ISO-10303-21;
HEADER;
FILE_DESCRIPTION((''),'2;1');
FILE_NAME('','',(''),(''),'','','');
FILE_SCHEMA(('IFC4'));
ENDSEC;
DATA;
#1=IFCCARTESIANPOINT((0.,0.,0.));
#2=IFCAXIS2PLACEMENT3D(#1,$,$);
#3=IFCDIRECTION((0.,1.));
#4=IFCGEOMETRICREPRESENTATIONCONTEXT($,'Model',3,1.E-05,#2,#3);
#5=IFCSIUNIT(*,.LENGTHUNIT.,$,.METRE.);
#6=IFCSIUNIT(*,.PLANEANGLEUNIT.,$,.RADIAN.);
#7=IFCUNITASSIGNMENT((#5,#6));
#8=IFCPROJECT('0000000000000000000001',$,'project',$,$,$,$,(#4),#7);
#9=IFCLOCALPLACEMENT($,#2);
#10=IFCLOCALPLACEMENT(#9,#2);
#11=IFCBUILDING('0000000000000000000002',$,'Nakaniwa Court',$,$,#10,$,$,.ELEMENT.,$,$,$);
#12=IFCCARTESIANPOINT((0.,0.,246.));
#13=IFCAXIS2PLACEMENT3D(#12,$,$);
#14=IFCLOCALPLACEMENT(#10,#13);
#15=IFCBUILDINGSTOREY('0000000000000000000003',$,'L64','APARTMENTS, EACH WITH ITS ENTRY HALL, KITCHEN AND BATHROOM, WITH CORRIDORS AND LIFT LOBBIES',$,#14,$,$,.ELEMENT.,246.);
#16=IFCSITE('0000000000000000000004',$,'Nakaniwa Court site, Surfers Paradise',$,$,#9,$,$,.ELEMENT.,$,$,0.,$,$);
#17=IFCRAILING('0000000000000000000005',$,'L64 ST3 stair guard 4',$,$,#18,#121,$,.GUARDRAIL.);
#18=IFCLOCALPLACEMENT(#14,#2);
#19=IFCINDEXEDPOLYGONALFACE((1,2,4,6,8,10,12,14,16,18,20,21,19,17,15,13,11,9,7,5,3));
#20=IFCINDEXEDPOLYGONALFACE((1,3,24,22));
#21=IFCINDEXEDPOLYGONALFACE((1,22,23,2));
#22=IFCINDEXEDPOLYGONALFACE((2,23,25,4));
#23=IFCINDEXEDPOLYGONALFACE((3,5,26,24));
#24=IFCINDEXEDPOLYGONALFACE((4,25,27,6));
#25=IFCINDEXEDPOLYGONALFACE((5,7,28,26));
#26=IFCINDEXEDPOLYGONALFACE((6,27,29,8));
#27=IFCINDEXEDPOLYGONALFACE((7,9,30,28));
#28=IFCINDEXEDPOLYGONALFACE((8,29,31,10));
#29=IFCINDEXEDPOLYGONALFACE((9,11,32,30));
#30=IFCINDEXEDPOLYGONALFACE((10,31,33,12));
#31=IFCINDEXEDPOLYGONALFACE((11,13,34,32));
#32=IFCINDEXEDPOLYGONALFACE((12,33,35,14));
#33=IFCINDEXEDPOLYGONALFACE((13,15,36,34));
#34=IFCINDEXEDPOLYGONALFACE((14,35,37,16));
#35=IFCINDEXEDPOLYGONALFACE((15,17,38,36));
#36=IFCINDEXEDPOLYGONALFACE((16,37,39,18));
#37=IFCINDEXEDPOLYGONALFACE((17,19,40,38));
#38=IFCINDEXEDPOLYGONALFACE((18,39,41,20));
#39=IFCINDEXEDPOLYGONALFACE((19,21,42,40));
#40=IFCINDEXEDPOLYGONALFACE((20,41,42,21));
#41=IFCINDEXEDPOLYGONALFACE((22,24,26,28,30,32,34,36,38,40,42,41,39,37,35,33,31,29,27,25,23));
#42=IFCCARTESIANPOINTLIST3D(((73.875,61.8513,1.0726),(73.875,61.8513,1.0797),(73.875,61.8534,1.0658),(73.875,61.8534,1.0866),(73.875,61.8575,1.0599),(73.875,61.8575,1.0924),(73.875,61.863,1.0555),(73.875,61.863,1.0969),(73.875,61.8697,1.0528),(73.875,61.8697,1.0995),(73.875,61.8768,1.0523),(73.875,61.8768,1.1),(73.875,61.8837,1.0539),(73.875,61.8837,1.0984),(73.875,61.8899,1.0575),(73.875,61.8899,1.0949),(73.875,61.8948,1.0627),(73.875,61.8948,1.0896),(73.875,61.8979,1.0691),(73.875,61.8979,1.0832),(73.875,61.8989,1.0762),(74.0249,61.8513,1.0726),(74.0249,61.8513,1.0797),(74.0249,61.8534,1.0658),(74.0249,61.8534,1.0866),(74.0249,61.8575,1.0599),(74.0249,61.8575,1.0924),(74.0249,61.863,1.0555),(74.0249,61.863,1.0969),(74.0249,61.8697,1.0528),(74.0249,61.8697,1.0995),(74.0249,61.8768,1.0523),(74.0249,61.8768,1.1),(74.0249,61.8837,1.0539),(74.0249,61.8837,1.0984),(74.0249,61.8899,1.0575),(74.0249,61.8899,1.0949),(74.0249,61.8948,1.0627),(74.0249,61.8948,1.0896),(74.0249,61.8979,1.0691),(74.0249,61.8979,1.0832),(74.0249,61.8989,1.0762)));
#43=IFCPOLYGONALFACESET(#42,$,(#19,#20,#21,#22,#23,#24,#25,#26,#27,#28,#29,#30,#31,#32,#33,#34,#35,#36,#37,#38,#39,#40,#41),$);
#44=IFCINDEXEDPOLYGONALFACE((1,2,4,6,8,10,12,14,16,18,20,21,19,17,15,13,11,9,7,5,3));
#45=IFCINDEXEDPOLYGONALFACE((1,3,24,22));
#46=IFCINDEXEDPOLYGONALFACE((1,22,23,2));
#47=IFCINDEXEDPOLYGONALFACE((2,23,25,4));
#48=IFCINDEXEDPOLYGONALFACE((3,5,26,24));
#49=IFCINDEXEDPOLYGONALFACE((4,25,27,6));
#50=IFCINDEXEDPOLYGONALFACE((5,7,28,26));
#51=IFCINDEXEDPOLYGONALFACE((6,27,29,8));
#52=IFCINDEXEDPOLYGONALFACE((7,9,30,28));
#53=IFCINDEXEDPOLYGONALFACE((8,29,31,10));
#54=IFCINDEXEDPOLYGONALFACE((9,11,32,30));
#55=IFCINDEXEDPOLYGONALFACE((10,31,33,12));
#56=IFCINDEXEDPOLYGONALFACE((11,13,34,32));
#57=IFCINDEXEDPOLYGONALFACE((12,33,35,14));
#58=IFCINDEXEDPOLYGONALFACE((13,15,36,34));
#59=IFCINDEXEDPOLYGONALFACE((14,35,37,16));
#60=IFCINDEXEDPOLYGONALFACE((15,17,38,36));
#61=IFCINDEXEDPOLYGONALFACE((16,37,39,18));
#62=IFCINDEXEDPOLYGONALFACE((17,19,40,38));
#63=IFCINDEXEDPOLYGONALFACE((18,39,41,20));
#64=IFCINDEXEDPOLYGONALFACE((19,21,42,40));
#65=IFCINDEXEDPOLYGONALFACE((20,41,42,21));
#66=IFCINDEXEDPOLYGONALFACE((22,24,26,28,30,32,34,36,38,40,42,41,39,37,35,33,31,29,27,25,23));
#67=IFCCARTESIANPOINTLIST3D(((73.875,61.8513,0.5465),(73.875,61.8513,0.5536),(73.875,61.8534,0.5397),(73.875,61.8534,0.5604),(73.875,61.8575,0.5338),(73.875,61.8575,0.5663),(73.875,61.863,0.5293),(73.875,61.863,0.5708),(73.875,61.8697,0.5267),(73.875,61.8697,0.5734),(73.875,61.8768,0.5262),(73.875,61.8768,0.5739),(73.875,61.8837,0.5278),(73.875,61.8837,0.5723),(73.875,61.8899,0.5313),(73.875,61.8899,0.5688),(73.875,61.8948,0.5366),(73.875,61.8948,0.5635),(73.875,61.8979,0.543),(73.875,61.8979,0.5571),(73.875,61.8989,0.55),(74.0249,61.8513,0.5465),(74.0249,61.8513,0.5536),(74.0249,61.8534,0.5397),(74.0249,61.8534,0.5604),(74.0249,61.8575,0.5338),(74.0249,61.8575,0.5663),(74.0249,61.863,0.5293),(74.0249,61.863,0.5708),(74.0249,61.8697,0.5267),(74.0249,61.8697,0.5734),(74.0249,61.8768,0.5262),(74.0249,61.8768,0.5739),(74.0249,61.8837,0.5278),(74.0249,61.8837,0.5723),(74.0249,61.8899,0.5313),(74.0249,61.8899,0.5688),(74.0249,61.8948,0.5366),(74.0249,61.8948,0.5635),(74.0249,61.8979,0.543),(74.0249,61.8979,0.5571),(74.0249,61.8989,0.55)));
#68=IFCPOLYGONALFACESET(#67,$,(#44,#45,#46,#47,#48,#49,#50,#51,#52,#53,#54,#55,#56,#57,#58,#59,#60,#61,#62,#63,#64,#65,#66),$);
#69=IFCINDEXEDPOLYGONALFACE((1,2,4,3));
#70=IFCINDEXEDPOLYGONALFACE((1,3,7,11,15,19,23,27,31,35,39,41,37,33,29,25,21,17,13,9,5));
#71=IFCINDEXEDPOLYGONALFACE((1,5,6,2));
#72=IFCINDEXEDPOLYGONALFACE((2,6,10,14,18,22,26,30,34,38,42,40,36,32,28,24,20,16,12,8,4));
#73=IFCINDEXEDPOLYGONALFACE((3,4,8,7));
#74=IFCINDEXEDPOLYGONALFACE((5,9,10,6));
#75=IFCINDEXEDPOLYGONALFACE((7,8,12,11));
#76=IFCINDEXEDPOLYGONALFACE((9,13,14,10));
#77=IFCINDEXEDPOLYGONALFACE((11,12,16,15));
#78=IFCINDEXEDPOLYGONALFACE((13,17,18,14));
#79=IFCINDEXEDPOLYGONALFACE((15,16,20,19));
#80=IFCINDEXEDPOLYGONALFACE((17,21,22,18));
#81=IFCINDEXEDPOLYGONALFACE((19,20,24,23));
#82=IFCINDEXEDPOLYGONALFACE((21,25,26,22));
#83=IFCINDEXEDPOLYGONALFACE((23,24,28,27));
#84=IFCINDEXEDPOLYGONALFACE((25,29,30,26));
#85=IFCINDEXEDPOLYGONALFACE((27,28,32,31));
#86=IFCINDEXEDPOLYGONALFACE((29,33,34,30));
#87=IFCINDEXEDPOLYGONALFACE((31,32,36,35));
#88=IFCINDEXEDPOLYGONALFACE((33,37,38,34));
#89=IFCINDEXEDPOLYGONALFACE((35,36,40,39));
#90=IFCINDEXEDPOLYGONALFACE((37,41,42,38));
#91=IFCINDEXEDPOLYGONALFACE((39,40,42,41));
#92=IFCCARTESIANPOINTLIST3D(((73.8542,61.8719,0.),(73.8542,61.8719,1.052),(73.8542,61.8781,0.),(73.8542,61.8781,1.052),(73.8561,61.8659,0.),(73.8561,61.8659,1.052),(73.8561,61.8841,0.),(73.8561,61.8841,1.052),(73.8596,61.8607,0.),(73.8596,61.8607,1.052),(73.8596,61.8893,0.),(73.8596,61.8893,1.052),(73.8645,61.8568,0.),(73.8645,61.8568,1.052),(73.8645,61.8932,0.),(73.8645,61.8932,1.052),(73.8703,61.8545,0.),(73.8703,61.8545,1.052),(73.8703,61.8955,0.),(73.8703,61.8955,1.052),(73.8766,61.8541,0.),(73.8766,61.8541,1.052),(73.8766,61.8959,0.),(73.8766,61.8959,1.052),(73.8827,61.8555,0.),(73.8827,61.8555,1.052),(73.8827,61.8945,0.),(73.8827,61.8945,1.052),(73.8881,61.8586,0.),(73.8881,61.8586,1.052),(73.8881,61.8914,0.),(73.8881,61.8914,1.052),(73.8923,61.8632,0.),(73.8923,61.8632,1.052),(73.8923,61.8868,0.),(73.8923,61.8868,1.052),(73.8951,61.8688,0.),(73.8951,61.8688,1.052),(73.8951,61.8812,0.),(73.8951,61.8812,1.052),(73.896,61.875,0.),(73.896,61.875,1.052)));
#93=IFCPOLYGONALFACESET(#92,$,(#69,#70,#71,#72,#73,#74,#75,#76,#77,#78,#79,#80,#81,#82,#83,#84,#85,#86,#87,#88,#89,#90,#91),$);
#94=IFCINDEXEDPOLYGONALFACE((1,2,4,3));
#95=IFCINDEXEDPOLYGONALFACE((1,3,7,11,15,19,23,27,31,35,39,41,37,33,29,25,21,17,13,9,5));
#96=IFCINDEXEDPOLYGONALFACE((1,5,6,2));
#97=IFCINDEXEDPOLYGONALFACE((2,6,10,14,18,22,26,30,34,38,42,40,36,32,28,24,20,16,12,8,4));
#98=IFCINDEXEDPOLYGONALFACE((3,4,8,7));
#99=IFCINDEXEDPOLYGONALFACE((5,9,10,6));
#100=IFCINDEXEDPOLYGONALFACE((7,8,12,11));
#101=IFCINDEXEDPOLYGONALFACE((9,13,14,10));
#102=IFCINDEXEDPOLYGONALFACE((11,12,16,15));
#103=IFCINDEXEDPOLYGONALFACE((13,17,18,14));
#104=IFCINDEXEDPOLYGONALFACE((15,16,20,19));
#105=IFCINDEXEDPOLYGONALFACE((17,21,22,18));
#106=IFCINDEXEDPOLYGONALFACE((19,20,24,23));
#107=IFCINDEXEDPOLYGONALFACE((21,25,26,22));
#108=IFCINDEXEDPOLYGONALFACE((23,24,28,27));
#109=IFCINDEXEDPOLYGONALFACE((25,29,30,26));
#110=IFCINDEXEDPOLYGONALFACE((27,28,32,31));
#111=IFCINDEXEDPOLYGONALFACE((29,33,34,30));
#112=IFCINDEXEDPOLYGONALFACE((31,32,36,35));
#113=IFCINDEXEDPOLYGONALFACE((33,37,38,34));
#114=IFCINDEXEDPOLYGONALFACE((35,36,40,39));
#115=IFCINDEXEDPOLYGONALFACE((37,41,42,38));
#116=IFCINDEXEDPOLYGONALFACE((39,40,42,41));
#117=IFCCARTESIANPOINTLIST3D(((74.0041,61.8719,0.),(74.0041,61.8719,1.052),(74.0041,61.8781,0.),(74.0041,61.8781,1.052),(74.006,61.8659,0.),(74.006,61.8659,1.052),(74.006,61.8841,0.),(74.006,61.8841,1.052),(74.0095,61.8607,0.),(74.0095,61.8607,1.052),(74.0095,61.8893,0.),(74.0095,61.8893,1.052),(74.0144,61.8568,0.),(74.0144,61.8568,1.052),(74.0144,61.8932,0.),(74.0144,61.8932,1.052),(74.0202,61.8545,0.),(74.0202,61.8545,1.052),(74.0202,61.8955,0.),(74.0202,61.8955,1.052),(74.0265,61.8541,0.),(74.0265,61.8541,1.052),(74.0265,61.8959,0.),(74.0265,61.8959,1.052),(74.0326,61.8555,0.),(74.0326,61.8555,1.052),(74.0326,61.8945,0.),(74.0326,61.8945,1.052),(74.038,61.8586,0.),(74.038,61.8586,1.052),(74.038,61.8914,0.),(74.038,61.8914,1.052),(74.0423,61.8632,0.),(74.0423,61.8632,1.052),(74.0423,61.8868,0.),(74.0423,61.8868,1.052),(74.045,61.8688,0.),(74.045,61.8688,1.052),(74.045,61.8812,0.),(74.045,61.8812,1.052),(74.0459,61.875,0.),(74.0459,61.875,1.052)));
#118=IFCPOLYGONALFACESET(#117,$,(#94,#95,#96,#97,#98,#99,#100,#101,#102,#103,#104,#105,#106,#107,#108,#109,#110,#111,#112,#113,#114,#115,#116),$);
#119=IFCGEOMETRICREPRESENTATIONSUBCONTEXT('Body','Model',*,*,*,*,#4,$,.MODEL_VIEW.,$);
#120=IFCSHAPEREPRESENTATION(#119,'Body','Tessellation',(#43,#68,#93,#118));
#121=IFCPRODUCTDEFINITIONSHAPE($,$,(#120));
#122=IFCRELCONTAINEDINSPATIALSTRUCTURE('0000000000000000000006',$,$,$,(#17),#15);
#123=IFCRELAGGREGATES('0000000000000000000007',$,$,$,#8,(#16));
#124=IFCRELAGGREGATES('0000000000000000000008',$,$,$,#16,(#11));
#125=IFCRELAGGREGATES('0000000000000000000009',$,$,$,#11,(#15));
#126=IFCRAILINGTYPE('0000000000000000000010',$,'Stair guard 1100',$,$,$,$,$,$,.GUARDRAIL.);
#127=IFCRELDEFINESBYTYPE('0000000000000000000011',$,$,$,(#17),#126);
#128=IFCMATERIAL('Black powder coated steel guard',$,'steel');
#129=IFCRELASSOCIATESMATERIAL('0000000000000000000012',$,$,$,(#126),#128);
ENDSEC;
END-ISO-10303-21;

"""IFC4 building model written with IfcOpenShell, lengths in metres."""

from ifc_helpers import new_model, si_unit, direction, frame, origin, origin_2d, place, context, subcontext, project, spatial, circle, extrude, material, type_object, element, save


model = new_model("IFC4")

# Units and contexts
model_context = context("Model", 3, precision=1e-05, world=origin(), true_north=direction((0.0, 1.0)))
body_context = subcontext(model_context, "Body", "Model", "MODEL_VIEW")
ifc_project = project(units=[si_unit("LENGTHUNIT", "METRE"), si_unit("PLANEANGLEUNIT", "RADIAN")], contexts=[model_context])

# Site, building, storey
site_placement = place(None, origin())
site = spatial("IfcSite", under=ifc_project, at=site_placement, Name="Nakaniwa Court site, Surfers Paradise", CompositionType="ELEMENT", RefElevation=0.0)
building_placement = place(site_placement, origin())
building = spatial("IfcBuilding", under=site, at=building_placement, Name="Nakaniwa Court", CompositionType="ELEMENT")
storey_placement = place(building_placement, frame((0.0, 0.0, 246.0)))
storey = spatial("IfcBuildingStorey", under=building, at=storey_placement, Name="L64", Description="APARTMENTS, EACH WITH ITS ENTRY HALL, KITCHEN AND BATHROOM, WITH CORRIDORS AND LIFT LOBBIES", CompositionType="ELEMENT", Elevation=246.0)

# Railing
ifc_material_1 = material(Name="Black powder coated steel guard", Category="steel")
railing_type_1 = type_object("IfcRailingType", Name="Stair guard 1100", PredefinedType="GUARDRAIL", material=ifc_material_1)
railing_1_placement = place(storey_placement, frame((73.875, 61.875, 0.0)))
element("IfcRailing", 1, at=railing_1_placement, inside=storey, type_object=railing_type_1, Name="L64 ST3 stair guard 4", PredefinedType="GUARDRAIL", context=body_context, shape_type="SweptSolid", body=[
    extrude(circle(Radius=0.0239, at=origin_2d()), frame((0.0, 0.0, 1.0762), z_axis=(1.0, 0.0, 0.0), x_axis=(0.0, 1.0, 0.0)), (0.0, 0.0, 1.0), 0.1499),
    extrude(circle(Radius=0.0239, at=origin_2d()), frame((0.0, 0.0, 0.55), z_axis=(1.0, 0.0, 0.0), x_axis=(0.0, 1.0, 0.0)), (0.0, 0.0, 1.0), 0.1499),
    extrude(circle(Radius=0.021, at=origin_2d()), origin(), (0.0, 0.0, 1.0), 1.052),
    extrude(circle(Radius=0.021, at=origin_2d()), frame((0.1499, 0.0, 0.0)), (0.0, 0.0, 1.0), 1.052),
])

save(model, "model.ifc")
